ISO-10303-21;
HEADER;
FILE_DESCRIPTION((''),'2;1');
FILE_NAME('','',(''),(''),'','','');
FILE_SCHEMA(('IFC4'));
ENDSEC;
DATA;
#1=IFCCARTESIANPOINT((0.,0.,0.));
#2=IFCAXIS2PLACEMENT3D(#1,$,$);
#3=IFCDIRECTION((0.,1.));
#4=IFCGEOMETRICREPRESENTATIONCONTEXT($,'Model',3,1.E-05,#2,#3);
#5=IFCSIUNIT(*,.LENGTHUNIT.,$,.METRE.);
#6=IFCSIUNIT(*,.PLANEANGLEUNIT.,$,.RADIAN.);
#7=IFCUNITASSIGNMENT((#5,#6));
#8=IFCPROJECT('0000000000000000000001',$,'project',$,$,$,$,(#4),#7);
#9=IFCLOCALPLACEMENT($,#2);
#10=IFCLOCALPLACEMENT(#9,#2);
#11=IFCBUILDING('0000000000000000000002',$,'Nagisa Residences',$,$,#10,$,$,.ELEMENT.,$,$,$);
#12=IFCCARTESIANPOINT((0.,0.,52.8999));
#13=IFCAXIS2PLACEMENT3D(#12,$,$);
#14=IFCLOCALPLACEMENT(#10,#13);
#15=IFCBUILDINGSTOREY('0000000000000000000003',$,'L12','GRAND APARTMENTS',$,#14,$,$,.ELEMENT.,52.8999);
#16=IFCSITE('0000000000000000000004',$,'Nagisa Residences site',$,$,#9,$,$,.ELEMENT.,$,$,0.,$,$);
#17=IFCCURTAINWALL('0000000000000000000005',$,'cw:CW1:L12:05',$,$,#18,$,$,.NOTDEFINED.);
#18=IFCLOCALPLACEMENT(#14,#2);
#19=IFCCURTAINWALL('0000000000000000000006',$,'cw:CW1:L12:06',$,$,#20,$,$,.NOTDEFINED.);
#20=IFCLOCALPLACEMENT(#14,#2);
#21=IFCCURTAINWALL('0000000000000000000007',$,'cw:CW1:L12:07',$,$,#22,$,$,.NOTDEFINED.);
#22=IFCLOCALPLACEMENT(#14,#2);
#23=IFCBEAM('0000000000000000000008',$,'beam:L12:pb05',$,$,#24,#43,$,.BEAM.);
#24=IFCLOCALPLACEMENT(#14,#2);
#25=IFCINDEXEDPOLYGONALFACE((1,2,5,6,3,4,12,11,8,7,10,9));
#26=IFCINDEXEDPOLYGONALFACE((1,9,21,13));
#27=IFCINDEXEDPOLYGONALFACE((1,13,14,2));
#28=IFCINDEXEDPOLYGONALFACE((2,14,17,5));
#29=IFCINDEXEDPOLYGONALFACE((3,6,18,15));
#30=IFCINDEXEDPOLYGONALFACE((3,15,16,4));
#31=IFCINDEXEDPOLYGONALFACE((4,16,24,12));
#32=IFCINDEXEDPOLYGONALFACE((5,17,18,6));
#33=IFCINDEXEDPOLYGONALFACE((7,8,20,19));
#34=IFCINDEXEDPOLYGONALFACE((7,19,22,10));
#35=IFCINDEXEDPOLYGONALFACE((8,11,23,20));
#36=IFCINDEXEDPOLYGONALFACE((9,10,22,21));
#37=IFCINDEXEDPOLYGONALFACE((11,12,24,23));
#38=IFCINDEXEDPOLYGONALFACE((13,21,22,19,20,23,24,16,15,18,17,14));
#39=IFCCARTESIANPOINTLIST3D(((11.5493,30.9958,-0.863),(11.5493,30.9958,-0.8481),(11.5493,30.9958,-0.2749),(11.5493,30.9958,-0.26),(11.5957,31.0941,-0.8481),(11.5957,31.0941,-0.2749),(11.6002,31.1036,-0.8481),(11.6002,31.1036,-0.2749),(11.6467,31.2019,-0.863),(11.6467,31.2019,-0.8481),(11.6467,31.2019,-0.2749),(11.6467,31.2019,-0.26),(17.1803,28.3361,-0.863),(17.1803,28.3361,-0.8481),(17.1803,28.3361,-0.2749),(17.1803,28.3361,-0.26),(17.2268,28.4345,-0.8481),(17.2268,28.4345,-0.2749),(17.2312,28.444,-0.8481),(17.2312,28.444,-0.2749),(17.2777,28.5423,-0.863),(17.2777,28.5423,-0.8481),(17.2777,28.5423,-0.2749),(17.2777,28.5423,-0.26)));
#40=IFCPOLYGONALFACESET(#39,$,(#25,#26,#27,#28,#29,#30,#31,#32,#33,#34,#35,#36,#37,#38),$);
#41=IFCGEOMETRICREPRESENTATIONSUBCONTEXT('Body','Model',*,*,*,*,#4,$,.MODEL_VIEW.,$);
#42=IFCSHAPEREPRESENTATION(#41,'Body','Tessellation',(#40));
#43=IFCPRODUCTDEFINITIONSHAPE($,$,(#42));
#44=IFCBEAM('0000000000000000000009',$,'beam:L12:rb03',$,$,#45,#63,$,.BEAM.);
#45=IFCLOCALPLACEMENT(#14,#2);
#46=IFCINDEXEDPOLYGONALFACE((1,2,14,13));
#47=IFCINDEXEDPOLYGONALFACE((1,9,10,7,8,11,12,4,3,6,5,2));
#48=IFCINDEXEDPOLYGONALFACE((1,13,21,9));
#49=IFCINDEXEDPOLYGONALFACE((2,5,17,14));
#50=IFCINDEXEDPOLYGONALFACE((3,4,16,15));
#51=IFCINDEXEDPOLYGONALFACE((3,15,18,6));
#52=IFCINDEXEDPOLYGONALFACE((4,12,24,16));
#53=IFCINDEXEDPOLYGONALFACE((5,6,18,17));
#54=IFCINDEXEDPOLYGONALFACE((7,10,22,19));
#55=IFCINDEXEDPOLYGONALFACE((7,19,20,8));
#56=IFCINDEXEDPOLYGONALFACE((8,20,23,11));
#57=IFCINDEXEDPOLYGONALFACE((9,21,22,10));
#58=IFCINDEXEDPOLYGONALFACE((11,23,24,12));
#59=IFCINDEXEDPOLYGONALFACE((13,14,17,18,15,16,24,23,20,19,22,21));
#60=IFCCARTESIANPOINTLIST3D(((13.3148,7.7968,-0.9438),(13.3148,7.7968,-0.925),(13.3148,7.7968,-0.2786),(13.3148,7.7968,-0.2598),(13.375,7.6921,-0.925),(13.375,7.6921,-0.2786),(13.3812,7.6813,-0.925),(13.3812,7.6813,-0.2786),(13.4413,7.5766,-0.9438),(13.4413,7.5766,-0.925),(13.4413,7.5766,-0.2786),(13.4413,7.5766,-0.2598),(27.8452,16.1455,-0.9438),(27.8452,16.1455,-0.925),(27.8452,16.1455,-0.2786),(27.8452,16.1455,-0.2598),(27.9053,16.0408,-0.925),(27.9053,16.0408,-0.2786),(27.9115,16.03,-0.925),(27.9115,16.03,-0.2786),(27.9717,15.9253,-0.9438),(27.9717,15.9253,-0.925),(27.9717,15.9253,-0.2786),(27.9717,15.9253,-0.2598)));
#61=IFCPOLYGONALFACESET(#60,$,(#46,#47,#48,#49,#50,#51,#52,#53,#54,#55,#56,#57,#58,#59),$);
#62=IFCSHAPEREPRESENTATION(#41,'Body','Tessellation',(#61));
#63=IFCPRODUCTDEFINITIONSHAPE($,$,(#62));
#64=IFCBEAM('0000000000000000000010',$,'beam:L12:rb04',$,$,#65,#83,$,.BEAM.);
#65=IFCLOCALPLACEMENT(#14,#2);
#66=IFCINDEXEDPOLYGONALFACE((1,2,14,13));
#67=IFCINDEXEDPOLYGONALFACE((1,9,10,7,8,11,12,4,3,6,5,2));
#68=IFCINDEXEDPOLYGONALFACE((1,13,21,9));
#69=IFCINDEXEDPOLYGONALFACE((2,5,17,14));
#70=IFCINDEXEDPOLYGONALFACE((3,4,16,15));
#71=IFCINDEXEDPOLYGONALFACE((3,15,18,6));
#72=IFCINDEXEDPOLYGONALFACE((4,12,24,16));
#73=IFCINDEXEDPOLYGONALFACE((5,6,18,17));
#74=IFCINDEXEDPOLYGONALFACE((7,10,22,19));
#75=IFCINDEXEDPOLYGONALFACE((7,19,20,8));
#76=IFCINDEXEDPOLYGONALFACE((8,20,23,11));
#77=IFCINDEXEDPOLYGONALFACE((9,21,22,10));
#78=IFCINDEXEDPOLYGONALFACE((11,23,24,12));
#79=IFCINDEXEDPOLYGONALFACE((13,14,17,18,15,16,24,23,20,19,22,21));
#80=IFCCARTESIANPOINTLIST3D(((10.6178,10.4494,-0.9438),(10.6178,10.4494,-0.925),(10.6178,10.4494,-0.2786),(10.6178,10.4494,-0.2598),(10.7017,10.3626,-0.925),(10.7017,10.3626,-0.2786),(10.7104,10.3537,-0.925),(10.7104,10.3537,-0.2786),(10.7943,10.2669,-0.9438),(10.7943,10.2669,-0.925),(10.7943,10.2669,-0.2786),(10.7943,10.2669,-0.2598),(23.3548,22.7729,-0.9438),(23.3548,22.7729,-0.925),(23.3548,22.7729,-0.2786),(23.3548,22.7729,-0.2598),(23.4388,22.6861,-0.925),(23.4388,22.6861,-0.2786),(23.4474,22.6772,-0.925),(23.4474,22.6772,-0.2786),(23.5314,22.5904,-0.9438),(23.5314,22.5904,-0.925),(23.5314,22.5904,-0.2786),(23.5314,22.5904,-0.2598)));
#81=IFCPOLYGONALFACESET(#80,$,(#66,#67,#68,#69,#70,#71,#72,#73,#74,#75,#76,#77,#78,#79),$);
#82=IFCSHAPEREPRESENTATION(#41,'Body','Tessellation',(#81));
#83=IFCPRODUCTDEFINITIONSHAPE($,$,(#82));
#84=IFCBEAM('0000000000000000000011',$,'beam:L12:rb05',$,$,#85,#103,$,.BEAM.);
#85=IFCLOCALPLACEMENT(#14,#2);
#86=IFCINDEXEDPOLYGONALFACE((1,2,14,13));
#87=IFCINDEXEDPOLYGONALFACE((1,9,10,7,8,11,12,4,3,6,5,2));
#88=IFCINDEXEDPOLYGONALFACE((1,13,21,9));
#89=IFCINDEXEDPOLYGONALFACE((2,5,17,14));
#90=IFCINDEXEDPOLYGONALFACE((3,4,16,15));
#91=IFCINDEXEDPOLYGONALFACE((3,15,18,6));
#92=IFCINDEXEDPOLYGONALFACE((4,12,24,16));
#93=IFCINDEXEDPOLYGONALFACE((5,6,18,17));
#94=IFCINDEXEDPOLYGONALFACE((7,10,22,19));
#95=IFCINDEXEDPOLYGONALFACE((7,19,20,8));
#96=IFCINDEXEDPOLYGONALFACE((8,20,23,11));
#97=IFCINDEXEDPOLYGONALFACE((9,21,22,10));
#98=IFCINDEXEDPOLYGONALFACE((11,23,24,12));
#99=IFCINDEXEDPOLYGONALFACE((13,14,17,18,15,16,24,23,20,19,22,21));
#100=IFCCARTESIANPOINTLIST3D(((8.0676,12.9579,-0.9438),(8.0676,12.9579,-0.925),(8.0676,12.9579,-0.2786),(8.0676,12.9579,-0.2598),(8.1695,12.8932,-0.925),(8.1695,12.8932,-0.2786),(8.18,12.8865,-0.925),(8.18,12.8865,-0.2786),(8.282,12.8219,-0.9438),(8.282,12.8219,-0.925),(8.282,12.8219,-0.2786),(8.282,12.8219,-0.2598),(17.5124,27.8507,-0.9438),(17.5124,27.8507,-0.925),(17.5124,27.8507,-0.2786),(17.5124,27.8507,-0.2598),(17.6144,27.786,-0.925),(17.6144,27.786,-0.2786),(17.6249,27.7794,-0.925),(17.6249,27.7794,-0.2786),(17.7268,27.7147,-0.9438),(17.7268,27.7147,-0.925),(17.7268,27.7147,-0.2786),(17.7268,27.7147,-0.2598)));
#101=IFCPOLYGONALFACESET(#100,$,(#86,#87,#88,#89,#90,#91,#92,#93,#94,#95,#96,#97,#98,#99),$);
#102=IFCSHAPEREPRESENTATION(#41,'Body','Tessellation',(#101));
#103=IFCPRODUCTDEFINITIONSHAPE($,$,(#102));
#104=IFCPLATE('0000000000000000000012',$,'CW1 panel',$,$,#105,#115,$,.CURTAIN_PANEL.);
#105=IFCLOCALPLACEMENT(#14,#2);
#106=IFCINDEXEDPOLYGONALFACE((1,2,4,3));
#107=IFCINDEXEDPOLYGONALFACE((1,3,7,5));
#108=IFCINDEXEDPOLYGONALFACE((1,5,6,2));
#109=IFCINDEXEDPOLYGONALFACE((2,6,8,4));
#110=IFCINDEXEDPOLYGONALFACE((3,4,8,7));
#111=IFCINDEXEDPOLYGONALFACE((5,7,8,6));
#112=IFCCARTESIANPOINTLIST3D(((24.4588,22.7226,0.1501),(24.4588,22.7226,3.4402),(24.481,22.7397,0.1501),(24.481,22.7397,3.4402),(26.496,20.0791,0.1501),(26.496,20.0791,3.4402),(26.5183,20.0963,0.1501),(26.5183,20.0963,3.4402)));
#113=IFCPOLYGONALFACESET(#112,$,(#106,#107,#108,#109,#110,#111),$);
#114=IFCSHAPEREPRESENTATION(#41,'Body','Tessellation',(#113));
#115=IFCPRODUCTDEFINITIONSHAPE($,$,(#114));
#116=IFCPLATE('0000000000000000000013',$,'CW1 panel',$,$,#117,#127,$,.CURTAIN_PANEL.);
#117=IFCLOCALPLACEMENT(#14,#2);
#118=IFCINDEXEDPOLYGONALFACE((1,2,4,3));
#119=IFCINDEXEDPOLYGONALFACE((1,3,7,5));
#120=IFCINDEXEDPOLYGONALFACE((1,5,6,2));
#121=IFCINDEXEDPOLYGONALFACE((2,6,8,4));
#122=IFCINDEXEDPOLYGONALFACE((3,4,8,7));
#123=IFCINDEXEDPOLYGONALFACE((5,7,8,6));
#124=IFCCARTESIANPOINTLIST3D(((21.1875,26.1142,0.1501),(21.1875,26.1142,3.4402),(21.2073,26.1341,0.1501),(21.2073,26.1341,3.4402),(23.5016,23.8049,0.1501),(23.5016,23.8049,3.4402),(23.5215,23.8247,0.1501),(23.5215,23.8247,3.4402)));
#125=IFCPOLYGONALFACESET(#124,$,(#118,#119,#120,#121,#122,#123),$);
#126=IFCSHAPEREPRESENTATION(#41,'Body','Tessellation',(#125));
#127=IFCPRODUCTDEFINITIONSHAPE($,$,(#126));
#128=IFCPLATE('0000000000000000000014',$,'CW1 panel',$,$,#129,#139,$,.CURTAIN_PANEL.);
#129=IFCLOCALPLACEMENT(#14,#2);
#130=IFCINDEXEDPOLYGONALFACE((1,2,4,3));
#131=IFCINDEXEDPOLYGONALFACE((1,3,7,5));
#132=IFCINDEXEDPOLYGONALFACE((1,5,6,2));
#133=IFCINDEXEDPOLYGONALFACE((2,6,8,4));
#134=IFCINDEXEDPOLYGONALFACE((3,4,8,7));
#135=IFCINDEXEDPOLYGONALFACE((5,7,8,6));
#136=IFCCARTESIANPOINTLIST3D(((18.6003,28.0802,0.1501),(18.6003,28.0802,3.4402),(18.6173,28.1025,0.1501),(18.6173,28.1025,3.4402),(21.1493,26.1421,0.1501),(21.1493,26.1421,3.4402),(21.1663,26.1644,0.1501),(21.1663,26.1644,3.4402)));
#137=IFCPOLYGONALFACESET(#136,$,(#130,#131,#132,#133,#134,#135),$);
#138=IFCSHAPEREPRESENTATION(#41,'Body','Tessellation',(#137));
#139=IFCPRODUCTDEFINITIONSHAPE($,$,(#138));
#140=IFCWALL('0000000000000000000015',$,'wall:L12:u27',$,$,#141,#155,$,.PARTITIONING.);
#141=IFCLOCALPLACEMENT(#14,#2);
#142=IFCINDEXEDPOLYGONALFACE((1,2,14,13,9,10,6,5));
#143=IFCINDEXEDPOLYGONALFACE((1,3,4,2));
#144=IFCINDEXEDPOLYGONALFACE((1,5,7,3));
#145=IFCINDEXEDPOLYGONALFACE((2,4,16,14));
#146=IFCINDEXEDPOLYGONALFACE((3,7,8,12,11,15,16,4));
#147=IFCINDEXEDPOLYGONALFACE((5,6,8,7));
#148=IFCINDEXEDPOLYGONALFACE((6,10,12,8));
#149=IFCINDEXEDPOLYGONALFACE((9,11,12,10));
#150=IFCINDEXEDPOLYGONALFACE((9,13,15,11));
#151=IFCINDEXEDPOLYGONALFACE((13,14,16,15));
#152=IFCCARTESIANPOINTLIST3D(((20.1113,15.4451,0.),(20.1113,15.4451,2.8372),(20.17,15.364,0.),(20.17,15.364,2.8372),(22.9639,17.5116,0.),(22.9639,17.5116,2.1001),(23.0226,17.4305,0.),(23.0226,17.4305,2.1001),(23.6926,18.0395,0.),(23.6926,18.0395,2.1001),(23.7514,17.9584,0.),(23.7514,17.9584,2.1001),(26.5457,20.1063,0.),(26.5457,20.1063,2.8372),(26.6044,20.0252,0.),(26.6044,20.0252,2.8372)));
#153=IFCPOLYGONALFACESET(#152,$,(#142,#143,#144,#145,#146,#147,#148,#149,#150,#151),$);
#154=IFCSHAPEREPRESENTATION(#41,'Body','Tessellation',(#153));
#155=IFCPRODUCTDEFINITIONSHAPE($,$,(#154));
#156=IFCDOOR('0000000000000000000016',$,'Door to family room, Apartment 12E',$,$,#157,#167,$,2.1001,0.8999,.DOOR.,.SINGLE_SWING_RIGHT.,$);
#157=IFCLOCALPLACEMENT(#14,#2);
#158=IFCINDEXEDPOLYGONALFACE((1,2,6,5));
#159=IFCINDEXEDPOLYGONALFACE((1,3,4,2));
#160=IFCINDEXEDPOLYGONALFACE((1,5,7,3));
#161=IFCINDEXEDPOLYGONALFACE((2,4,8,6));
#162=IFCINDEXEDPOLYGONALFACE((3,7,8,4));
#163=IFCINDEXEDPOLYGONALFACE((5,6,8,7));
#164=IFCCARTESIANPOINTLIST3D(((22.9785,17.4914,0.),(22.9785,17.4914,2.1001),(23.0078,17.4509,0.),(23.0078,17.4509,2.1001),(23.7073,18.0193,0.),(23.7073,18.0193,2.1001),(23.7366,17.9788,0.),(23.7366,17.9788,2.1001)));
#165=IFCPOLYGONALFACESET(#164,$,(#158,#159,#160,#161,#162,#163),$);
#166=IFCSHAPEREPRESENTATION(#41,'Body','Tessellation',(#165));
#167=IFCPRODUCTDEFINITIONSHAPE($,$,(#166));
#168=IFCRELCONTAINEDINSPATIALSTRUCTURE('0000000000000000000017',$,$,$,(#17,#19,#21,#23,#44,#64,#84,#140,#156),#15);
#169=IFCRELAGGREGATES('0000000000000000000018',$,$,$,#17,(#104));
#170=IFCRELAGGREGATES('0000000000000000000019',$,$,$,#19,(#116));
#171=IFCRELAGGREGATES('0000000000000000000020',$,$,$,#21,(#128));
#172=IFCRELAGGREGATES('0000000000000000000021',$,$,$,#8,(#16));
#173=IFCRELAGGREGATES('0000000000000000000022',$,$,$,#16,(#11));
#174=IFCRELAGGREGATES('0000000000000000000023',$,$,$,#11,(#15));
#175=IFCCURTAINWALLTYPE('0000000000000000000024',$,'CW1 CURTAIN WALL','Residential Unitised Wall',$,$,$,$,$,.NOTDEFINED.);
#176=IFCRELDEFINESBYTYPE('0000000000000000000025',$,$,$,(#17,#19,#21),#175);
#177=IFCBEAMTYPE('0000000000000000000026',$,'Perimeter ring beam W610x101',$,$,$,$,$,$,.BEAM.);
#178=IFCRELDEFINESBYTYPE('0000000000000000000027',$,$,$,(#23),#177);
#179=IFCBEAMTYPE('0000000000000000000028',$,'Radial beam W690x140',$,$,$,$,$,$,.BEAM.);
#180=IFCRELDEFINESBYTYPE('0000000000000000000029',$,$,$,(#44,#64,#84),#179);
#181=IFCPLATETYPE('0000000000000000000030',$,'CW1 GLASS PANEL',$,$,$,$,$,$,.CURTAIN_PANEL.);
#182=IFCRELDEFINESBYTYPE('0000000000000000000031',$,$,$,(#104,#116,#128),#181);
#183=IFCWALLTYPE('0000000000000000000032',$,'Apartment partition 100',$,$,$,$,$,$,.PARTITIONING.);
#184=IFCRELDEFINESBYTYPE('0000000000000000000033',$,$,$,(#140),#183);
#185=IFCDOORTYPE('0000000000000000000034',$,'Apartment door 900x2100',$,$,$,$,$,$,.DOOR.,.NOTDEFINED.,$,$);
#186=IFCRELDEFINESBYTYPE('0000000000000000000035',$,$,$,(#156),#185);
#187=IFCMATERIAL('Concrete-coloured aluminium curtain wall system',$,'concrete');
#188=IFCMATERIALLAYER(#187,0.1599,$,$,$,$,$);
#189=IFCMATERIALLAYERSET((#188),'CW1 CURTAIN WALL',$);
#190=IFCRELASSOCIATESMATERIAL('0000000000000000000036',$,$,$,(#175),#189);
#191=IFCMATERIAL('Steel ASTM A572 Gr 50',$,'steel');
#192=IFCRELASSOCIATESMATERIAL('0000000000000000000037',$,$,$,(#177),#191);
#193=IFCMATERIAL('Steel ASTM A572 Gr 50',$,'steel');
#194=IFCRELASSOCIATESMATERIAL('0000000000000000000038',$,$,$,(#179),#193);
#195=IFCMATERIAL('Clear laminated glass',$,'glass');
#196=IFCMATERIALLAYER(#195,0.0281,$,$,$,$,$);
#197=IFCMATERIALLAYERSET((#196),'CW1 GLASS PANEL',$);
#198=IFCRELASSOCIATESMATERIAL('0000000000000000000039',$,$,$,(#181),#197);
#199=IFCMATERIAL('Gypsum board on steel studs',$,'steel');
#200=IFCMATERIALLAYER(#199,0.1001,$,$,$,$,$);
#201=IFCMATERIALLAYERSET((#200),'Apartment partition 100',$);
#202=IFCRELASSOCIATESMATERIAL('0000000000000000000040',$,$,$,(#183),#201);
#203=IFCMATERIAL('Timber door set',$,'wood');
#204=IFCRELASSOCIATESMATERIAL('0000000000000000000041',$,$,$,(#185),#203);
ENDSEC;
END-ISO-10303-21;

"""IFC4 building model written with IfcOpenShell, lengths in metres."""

from ifc_helpers import new_model, si_unit, direction, frame, frame_2d, origin, origin_2d, place, context, subcontext, project, spatial, rectangle, i_section, extrude, material, layer, layer_set, material_profile, profile_set, type_object, element, fill, aggregate, save


model = new_model("IFC4")

# Units and contexts
model_context = context("Model", 3, precision=1e-05, world=origin(), true_north=direction((0.0, 1.0)))
body_context = subcontext(model_context, "Body", "Model", "MODEL_VIEW")
ifc_project = project(units=[si_unit("LENGTHUNIT", "METRE"), si_unit("PLANEANGLEUNIT", "RADIAN")], contexts=[model_context])

# Site, building, storey
site_placement = place(None, origin())
site = spatial("IfcSite", under=ifc_project, at=site_placement, Name="Nagisa Residences site", CompositionType="ELEMENT", RefElevation=0.0)
building_placement = place(site_placement, origin())
building = spatial("IfcBuilding", under=site, at=building_placement, Name="Nagisa Residences", CompositionType="ELEMENT")
storey_placement = place(building_placement, frame((0.0, 0.0, 52.8999)))
storey = spatial("IfcBuildingStorey", under=building, at=storey_placement, Name="L12", Description="GRAND APARTMENTS", CompositionType="ELEMENT", Elevation=52.8999)

# Curtain walls
ifc_material_1 = material(Name="Concrete-coloured aluminium curtain wall system", Category="concrete")
ifc_layer_1 = layer(ifc_material_1, 0.1599)
ifc_layer_set_1 = layer_set([ifc_layer_1], Name="CW1 CURTAIN WALL")
curtain_wall_type = type_object("IfcCurtainWallType", Name="CW1 CURTAIN WALL", Description="Residential Unitised Wall", PredefinedType="NOTDEFINED", material=ifc_layer_set_1)
curtain_wall_1_placement = place(storey_placement, origin())
curtain_wall_1 = element("IfcCurtainWall", 1, at=curtain_wall_1_placement, inside=storey, type_object=curtain_wall_type, Name="cw:CW1:L12:05", PredefinedType="NOTDEFINED")
curtain_wall_2_placement = place(storey_placement, origin())
curtain_wall_2 = element("IfcCurtainWall", 2, at=curtain_wall_2_placement, inside=storey, type_object=curtain_wall_type, Name="cw:CW1:L12:06", PredefinedType="NOTDEFINED")
curtain_wall_3_placement = place(storey_placement, origin())
curtain_wall_3 = element("IfcCurtainWall", 3, at=curtain_wall_3_placement, inside=storey, type_object=curtain_wall_type, Name="cw:CW1:L12:07", PredefinedType="NOTDEFINED")

# Beams
ifc_material_2 = material(Name="Steel ASTM A572 Gr 50", Category="steel")
ifc_material_profile_1 = material_profile(ifc_material_2, i_section(OverallWidth=0.228, OverallDepth=0.603, WebThickness=0.0105, FlangeThickness=0.0149, at=origin_2d()), Name="W610x101")
ifc_profile_set_1 = profile_set([ifc_material_profile_1], Name="Steel ASTM A572 Gr 50")
beam_type_1 = type_object("IfcBeamType", Name="Perimeter ring beam W610x101", PredefinedType="BEAM", material=ifc_profile_set_1)
beam_1_placement = place(storey_placement, frame((17.229, 28.4392, -0.5615), z_axis=(-0.904215, 0.427077, 0.0), x_axis=(-0.427077, -0.904215, 0.0)))
element("IfcBeam", 4, at=beam_1_placement, inside=storey, type_object=beam_type_1, Name="beam:L12:pb05", PredefinedType="BEAM", context=body_context, shape_type="SweptSolid", body=[
    extrude(i_section(OverallWidth=0.228, OverallDepth=0.603, WebThickness=0.0105, FlangeThickness=0.0149, at=origin_2d()), origin(), (0.0, 0.0, 1.0), 6.2275),
])
ifc_material_3 = material(Name="Steel ASTM A572 Gr 50", Category="steel")
ifc_material_profile_2 = material_profile(ifc_material_3, i_section(OverallWidth=0.2539, OverallDepth=0.6841, WebThickness=0.0125, FlangeThickness=0.0188, at=origin_2d()), Name="W690x140")
ifc_profile_set_2 = profile_set([ifc_material_profile_2], Name="Steel ASTM A572 Gr 50")
beam_type_2 = type_object("IfcBeamType", Name="Radial beam W690x140", PredefinedType="BEAM", material=ifc_profile_set_2)
beam_2_placement = place(storey_placement, frame((27.9084, 16.0354, -0.6018), z_axis=(-0.867068, -0.49819, 0.0), x_axis=(0.49819, -0.867068, 0.0)))
element("IfcBeam", 5, at=beam_2_placement, inside=storey, type_object=beam_type_2, Name="beam:L12:rb03", PredefinedType="BEAM", context=body_context, shape_type="SweptSolid", body=[
    extrude(i_section(OverallWidth=0.2539, OverallDepth=0.6841, WebThickness=0.0125, FlangeThickness=0.0188, at=origin_2d()), origin(), (0.0, 0.0, 1.0), 16.7581),
])
beam_3_placement = place(storey_placement, frame((23.4431, 22.6816, -0.6018), z_axis=(-0.718678, -0.695343, 0.0), x_axis=(0.695343, -0.718678, 0.0)))
element("IfcBeam", 6, at=beam_3_placement, inside=storey, type_object=beam_type_2, Name="beam:L12:rb04", PredefinedType="BEAM", context=body_context, shape_type="SweptSolid", body=[
    extrude(i_section(OverallWidth=0.2539, OverallDepth=0.6841, WebThickness=0.0125, FlangeThickness=0.0188, at=origin_2d()), origin(), (0.0, 0.0, 1.0), 17.7229),
])
beam_4_placement = place(storey_placement, frame((17.6196, 27.7827, -0.6018), z_axis=(-0.535566, -0.844493, 0.0), x_axis=(0.844493, -0.535566, 0.0)))
element("IfcBeam", 7, at=beam_4_placement, inside=storey, type_object=beam_type_2, Name="beam:L12:rb05", PredefinedType="BEAM", context=body_context, shape_type="SweptSolid", body=[
    extrude(i_section(OverallWidth=0.2539, OverallDepth=0.6841, WebThickness=0.0125, FlangeThickness=0.0188, at=origin_2d()), origin(), (0.0, 0.0, 1.0), 17.6353),
])

# Plates
ifc_material_4 = material(Name="Clear laminated glass", Category="glass")
ifc_layer_2 = layer(ifc_material_4, 0.0281)
ifc_layer_set_2 = layer_set([ifc_layer_2], Name="CW1 GLASS PANEL")
plate_type = type_object("IfcPlateType", Name="CW1 GLASS PANEL", PredefinedType="CURTAIN_PANEL", material=ifc_layer_set_2)
plate_1_placement = place(storey_placement, frame((25.4885, 21.4094, 0.1501), z_axis=(0.0, 0.0, 1.0), x_axis=(-0.61043, 0.79207, 0.0)))
plate_1 = element("IfcPlate", 8, at=plate_1_placement, type_object=plate_type, Name="CW1 panel", PredefinedType="CURTAIN_PANEL", context=body_context, shape_type="SweptSolid", body=[
    extrude(rectangle(XDim=3.3374, YDim=0.0281, at=origin_2d()), origin(), (0.0, 0.0, 1.0), 3.29),
])
aggregate(curtain_wall_1, [plate_1])
plate_2_placement = place(storey_placement, frame((22.3545, 24.9695, 0.1501), z_axis=(0.0, 0.0, 1.0), x_axis=(-0.707836, 0.706377, 0.0)))
plate_2 = element("IfcPlate", 9, at=plate_2_placement, type_object=plate_type, Name="CW1 panel", PredefinedType="CURTAIN_PANEL", context=body_context, shape_type="SweptSolid", body=[
    extrude(rectangle(XDim=3.2693, YDim=0.0281, at=origin_2d()), origin(), (0.0, 0.0, 1.0), 3.29),
])
aggregate(curtain_wall_2, [plate_2])
plate_3_placement = place(storey_placement, frame((19.8833, 27.1223, 0.1501), z_axis=(0.0, 0.0, 1.0), x_axis=(-0.796031, 0.605255, 0.0)))
plate_3 = element("IfcPlate", 10, at=plate_3_placement, type_object=plate_type, Name="CW1 panel", PredefinedType="CURTAIN_PANEL", context=body_context, shape_type="SweptSolid", body=[
    extrude(rectangle(XDim=3.2021, YDim=0.0281, at=origin_2d()), origin(), (0.0, 0.0, 1.0), 3.29),
])
aggregate(curtain_wall_3, [plate_3])

# Wall, opening, door
ifc_material_5 = material(Name="Gypsum board on steel studs", Category="steel")
ifc_layer_3 = layer(ifc_material_5, 0.1001)
ifc_layer_set_3 = layer_set([ifc_layer_3], Name="Apartment partition 100")
wall_type_1 = type_object("IfcWallType", Name="Apartment partition 100", PredefinedType="PARTITIONING", material=ifc_layer_set_3)
wall_1_placement = place(storey_placement, frame((20.1406, 15.4045, 0.0), z_axis=(0.0, 0.0, 1.0), x_axis=(0.809835, 0.586658, 0.0)))
wall_1 = element("IfcWall", 11, at=wall_1_placement, inside=storey, type_object=wall_type_1, Name="wall:L12:u27", PredefinedType="PARTITIONING", context=body_context, shape_type="SweptSolid", body=[
    extrude(rectangle(XDim=7.9453, YDim=0.1001, at=frame_2d((3.9727, 0.0))), origin(), (0.0, 0.0, 1.0), 2.8372),
])
opening_1_placement = place(wall_1_placement, frame((3.5225, 0.0, 0.0)))
opening_1 = element("IfcOpeningElement", 12, at=opening_1_placement, cuts=wall_1, PredefinedType="OPENING", context=body_context, shape_type="SweptSolid", body=[
    extrude(rectangle(XDim=0.8999, YDim=2.1001, at=frame_2d((0.45, 1.05))), frame((0.0, 0.0601, 0.0), z_axis=(0.0, -1.0, 0.0), x_axis=(1.0, 0.0, 0.0)), (0.0, 0.0, 1.0), 0.1201),
])
ifc_material_6 = material(Name="Timber door set", Category="wood")
door_type_1 = type_object("IfcDoorType", Name="Apartment door 900x2100", OperationType="NOTDEFINED", PredefinedType="DOOR", material=ifc_material_6)
door_1_placement = place(opening_1_placement, frame((0.8999, 0.0, 0.0), x_axis=(-1.0, 0.0, 0.0)))
door_1 = element("IfcDoor", 13, at=door_1_placement, inside=storey, type_object=door_type_1, Name="Door to family room, Apartment 12E", OperationType="SINGLE_SWING_RIGHT", OverallHeight=2.1001, OverallWidth=0.8999, PredefinedType="DOOR", context=body_context, shape_type="SweptSolid", body=[
    extrude(rectangle(XDim=0.8999, YDim=2.1001, at=frame_2d((0.45, 1.05))), frame((0.0, 0.0249, 0.0), z_axis=(0.0, -1.0, 0.0), x_axis=(1.0, 0.0, 0.0)), (0.0, 0.0, 1.0), 0.05),
])
fill(opening_1, door_1)

save(model, "model.ifc")
